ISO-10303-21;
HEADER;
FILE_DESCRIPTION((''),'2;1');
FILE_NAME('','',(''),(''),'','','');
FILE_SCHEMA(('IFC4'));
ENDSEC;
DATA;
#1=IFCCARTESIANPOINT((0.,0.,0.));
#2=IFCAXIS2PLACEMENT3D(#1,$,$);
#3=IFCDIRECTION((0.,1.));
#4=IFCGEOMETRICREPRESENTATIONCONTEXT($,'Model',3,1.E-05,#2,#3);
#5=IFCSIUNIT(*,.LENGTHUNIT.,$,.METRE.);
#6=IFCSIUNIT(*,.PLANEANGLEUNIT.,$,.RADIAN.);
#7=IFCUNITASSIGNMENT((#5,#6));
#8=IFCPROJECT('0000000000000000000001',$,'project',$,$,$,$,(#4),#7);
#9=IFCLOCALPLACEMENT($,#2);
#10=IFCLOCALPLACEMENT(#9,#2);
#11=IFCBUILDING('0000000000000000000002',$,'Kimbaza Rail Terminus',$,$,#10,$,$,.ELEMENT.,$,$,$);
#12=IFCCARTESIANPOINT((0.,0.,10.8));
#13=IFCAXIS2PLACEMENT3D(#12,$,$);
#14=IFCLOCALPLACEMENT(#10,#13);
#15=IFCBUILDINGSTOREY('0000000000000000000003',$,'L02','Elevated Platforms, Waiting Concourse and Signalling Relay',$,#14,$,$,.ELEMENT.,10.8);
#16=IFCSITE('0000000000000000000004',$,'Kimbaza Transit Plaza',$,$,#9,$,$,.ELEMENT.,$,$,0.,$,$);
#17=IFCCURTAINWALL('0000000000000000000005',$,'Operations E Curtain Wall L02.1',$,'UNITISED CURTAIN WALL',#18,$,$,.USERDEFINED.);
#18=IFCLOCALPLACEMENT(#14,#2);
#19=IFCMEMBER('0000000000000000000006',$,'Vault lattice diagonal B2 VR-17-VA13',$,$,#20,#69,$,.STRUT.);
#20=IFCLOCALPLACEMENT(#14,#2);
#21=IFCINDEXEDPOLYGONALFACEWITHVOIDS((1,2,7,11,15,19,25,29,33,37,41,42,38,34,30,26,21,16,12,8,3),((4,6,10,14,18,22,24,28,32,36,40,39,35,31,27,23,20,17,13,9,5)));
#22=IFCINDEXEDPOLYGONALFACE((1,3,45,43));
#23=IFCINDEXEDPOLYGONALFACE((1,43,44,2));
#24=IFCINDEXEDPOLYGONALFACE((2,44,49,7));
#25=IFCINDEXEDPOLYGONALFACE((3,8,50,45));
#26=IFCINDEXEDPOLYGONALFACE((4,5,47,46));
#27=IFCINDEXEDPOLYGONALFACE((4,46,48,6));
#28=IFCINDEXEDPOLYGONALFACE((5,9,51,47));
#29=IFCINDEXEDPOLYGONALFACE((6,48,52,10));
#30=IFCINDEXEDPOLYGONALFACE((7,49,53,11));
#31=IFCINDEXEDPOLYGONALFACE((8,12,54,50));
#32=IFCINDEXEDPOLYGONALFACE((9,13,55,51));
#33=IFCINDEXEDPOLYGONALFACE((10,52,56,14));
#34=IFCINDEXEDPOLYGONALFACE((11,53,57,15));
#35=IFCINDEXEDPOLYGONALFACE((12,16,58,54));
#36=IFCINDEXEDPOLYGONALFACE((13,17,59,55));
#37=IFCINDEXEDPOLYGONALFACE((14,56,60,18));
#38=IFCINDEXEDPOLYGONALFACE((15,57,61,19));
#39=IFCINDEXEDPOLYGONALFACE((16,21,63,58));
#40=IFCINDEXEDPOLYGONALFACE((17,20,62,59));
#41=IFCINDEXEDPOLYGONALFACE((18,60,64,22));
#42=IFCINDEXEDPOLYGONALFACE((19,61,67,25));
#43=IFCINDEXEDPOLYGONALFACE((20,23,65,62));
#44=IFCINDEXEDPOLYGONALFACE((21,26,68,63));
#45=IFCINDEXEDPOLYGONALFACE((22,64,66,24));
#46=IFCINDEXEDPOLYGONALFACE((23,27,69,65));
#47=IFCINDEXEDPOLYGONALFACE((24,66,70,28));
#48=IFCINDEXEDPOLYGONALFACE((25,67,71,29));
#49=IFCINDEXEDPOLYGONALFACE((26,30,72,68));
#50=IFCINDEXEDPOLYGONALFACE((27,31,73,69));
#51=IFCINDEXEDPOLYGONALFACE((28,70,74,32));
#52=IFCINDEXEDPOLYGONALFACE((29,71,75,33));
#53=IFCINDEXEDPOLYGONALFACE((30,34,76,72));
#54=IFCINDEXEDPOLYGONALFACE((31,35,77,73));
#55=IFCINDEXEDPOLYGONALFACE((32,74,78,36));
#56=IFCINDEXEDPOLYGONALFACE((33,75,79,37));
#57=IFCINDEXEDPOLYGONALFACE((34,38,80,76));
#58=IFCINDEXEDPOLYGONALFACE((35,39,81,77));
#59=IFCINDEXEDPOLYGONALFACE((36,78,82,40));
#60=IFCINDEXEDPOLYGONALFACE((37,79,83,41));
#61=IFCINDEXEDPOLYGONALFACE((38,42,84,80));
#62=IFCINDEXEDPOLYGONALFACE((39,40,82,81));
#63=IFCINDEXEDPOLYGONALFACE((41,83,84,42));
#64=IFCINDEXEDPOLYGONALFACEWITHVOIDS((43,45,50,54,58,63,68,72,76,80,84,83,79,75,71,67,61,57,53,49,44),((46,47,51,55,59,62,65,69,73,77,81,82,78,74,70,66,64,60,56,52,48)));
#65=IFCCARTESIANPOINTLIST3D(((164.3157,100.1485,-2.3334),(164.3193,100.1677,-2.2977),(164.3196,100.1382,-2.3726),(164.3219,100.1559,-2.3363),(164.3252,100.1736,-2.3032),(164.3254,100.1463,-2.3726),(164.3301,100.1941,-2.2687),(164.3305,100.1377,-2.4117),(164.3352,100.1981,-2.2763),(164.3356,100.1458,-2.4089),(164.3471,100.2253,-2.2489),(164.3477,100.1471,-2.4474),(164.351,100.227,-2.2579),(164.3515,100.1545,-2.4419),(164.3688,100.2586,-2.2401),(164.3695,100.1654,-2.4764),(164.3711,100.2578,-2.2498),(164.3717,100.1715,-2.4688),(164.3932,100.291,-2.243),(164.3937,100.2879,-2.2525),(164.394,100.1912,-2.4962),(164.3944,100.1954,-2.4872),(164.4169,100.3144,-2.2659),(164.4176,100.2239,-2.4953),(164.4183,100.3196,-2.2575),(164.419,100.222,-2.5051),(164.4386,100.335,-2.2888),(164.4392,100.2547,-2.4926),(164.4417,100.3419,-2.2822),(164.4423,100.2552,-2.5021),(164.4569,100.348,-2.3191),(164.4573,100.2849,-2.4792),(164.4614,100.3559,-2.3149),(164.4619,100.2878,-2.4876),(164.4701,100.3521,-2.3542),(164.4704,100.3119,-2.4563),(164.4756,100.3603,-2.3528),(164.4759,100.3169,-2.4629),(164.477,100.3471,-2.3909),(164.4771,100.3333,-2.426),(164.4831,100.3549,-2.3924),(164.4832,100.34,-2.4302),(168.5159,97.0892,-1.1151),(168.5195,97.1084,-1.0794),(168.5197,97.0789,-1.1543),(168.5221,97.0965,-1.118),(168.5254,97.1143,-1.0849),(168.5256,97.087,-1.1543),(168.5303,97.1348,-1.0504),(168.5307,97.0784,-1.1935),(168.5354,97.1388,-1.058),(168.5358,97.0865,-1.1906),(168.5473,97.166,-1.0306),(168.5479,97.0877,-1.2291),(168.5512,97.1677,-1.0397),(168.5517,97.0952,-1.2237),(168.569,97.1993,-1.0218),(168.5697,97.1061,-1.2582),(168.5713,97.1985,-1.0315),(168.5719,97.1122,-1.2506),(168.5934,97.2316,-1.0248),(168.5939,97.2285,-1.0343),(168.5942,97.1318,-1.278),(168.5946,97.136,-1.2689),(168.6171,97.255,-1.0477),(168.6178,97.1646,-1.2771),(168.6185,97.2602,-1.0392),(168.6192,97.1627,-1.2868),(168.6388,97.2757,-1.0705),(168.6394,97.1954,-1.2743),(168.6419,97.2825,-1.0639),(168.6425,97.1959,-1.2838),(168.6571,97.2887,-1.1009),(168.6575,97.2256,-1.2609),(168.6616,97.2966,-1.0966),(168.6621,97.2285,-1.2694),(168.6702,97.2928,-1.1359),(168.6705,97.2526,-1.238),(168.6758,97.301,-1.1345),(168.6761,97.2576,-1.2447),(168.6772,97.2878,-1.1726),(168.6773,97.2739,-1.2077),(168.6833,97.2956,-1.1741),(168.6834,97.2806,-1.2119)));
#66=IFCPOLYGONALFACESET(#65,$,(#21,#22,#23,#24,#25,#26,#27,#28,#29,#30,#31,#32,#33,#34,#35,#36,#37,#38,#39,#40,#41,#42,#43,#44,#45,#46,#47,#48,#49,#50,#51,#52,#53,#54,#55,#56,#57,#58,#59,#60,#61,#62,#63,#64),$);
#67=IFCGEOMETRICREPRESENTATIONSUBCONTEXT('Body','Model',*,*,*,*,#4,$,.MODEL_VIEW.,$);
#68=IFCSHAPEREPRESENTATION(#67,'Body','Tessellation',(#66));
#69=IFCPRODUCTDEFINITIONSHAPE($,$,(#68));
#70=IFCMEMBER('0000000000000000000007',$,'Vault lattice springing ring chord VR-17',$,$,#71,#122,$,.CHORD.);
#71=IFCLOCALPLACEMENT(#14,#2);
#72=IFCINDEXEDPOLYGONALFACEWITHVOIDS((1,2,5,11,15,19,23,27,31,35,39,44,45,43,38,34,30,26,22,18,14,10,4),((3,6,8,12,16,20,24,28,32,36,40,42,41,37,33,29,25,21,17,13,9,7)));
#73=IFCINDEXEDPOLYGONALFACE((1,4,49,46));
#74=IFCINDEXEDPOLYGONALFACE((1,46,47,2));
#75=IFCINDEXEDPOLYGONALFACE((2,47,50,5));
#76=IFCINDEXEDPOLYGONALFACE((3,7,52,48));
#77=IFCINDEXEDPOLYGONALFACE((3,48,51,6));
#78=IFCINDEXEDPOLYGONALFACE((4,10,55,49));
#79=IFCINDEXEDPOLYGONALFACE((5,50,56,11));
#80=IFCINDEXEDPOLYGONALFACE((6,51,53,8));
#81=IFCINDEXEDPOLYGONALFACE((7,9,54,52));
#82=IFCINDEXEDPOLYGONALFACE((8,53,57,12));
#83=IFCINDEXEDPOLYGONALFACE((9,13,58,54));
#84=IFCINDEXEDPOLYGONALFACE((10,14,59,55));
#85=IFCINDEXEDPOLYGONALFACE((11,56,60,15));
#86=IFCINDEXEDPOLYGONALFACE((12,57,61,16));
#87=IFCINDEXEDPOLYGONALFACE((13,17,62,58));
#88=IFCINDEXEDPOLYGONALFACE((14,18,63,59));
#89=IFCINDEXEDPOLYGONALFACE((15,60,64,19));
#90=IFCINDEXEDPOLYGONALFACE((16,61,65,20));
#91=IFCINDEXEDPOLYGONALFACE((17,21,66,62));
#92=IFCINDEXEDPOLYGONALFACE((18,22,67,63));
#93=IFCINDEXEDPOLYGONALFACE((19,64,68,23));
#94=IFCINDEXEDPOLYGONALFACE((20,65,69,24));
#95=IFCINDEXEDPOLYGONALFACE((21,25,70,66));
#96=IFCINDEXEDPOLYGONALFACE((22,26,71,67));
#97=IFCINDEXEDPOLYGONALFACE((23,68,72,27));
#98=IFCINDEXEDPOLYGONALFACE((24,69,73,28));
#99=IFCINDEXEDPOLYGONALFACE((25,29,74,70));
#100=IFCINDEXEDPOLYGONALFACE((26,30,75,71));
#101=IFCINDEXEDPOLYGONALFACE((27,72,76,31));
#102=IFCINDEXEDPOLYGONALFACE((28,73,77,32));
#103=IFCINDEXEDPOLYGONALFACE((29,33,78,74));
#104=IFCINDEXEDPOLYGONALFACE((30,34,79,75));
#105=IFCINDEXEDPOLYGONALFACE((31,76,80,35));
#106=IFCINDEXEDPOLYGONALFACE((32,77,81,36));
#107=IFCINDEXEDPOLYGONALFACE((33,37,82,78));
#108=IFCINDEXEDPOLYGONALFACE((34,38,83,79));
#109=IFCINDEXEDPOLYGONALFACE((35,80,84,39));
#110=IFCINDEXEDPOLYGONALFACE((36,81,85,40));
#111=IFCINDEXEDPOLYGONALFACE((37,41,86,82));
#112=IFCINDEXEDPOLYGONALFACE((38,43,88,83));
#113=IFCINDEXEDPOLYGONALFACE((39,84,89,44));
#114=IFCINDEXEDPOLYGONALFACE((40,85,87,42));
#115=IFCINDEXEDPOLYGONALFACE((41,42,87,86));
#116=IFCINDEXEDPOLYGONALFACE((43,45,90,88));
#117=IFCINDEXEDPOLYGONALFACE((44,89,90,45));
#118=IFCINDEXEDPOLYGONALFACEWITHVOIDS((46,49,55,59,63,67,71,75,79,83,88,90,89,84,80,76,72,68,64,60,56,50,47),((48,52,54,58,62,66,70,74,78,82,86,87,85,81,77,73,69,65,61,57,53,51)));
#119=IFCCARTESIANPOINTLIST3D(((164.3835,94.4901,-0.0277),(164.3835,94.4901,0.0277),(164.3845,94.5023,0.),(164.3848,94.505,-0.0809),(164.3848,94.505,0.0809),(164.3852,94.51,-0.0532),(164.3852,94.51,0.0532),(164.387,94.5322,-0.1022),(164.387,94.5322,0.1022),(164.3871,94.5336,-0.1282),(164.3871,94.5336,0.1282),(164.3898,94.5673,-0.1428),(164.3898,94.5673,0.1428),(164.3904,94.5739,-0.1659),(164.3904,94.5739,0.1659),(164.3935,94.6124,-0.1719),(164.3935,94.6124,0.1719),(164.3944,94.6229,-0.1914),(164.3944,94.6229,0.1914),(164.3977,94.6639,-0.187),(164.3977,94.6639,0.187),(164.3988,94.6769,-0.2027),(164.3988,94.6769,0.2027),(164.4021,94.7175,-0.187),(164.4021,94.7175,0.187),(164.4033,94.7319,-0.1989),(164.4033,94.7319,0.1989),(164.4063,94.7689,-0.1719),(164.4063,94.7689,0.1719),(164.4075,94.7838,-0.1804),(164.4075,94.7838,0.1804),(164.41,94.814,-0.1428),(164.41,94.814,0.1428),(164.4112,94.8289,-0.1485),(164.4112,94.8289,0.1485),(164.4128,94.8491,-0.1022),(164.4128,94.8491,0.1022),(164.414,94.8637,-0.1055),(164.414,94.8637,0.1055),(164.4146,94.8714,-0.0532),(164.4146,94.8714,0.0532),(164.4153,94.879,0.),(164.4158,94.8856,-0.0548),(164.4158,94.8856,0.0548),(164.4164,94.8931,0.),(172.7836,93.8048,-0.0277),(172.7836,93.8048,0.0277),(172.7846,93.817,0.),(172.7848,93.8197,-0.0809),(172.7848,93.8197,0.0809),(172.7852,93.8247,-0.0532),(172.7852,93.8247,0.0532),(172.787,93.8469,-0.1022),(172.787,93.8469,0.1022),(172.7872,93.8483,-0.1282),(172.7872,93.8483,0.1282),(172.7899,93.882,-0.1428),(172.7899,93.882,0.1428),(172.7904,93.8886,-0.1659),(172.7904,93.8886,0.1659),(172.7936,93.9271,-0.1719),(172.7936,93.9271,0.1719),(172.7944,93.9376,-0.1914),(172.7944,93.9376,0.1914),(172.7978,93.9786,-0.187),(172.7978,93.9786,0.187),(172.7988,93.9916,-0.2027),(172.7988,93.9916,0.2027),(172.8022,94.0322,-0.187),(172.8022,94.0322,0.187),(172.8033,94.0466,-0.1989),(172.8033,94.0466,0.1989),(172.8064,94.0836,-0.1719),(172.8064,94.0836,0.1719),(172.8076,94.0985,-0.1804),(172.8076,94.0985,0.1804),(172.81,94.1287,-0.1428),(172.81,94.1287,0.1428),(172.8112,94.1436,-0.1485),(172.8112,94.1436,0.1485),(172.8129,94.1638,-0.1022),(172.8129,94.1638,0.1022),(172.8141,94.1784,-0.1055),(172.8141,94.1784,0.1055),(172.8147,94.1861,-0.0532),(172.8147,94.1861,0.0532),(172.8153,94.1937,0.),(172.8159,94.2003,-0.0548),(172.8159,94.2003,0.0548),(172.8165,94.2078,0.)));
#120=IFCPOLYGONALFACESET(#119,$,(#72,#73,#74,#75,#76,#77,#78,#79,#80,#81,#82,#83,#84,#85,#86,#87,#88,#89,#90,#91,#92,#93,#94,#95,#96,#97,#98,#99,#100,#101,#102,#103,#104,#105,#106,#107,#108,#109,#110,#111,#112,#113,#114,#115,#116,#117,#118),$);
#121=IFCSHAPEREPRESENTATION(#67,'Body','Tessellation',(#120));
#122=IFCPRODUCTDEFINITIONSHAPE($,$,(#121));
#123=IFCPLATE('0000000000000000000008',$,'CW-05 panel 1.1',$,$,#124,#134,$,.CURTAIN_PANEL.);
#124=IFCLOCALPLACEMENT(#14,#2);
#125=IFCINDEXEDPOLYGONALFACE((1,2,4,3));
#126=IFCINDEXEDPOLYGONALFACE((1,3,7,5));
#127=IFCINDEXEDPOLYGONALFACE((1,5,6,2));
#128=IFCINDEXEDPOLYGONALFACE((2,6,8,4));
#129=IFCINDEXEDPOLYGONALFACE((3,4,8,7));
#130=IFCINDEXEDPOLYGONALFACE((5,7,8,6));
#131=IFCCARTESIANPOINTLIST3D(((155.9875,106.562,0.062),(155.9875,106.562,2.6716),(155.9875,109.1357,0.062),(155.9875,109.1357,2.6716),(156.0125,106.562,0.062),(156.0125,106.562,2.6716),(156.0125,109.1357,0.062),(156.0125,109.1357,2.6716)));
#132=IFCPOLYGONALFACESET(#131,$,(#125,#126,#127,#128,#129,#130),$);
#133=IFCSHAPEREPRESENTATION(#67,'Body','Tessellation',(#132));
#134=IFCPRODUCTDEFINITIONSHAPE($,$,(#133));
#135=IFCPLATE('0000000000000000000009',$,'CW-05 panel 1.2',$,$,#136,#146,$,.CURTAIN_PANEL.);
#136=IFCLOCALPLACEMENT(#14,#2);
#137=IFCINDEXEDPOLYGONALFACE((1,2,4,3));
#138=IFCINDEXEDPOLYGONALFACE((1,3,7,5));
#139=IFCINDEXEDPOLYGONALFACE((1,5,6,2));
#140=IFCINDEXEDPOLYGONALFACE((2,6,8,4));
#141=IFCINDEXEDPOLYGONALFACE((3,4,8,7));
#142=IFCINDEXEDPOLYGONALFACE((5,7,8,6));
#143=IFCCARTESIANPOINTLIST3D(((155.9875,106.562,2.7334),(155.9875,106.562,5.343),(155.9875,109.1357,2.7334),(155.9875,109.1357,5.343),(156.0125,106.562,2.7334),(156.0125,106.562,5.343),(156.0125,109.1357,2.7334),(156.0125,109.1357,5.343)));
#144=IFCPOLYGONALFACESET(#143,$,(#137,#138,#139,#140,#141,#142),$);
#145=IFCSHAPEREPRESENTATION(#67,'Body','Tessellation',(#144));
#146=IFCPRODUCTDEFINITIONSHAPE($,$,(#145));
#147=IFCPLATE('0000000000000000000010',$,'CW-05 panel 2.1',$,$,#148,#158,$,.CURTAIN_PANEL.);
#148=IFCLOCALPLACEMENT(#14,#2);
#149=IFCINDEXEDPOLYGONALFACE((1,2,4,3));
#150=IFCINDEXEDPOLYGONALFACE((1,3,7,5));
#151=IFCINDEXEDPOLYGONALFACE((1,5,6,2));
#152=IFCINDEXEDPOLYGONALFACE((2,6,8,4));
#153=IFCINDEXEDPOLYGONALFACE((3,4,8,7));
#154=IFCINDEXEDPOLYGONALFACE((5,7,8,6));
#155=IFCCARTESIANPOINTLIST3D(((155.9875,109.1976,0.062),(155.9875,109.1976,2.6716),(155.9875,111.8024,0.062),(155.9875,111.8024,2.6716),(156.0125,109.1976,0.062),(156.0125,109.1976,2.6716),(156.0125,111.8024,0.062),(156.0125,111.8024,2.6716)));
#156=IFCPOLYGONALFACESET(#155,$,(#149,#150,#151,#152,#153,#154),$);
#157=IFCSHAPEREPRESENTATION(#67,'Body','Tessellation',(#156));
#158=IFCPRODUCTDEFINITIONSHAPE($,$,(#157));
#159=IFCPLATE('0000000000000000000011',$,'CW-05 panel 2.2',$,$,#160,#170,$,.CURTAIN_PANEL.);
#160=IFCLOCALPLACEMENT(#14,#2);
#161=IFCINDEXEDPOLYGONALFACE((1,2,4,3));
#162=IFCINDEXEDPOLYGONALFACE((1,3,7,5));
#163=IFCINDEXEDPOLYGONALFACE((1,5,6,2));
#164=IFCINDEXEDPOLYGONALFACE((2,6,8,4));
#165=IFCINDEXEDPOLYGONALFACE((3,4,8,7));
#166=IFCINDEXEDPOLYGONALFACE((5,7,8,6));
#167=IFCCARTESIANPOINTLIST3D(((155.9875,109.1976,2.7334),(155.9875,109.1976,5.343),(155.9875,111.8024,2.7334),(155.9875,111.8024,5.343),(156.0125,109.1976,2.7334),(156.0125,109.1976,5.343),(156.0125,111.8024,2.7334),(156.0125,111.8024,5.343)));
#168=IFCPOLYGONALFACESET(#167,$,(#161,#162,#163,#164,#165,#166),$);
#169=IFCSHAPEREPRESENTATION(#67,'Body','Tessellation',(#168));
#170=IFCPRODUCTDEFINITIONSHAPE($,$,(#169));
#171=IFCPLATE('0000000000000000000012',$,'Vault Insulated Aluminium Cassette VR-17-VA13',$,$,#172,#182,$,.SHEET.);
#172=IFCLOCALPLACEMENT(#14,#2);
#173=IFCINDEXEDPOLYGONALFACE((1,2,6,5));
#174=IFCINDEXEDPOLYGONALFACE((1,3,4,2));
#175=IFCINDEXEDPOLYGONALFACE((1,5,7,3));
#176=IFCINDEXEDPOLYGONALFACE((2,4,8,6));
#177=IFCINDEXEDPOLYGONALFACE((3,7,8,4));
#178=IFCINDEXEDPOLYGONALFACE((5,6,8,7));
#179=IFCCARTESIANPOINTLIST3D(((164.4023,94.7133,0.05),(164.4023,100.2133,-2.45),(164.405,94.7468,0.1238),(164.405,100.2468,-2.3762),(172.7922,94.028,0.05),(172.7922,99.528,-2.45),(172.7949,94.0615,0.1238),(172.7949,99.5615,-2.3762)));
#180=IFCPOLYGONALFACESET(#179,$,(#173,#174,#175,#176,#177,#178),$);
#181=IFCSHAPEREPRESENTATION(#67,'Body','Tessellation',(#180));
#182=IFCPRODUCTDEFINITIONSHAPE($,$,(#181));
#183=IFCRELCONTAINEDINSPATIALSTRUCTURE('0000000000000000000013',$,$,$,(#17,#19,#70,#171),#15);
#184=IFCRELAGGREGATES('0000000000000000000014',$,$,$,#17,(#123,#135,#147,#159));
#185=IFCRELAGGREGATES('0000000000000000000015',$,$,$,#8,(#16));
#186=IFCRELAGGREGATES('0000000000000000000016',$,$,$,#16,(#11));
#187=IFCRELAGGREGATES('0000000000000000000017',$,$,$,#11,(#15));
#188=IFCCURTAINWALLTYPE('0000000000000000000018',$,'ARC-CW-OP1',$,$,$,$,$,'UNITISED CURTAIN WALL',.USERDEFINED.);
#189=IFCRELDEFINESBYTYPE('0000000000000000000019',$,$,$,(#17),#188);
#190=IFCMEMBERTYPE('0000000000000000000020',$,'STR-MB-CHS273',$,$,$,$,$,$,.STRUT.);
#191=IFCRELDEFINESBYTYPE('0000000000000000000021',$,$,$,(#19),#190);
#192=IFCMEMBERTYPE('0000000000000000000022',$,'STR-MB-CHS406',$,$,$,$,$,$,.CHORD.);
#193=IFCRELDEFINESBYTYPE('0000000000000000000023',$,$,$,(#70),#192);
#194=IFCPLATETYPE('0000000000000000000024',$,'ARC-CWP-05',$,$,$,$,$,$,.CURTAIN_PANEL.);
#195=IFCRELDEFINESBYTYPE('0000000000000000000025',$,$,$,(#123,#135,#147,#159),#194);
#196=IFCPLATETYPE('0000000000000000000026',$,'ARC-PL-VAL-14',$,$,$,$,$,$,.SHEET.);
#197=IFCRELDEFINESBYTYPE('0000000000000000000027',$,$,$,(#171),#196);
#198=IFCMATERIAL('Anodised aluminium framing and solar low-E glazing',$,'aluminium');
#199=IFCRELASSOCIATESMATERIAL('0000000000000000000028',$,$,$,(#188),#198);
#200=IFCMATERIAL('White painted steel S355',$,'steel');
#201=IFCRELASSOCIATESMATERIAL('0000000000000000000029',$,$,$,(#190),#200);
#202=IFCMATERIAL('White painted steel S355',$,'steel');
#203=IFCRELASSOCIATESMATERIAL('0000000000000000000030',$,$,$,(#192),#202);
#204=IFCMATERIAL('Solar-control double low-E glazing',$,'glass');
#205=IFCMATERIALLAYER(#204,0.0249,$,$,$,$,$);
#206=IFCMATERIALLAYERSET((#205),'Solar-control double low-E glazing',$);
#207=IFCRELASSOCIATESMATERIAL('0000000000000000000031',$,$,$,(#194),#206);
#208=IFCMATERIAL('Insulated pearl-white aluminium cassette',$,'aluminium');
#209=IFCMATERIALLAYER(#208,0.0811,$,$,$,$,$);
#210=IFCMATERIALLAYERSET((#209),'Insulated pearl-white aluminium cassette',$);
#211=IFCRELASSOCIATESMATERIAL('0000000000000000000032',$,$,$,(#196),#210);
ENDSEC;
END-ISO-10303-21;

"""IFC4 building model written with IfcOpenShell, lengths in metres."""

from ifc_helpers import new_model, si_unit, direction, frame, origin, origin_2d, place, context, subcontext, project, spatial, polyline, rectangle, hollow_circle, outline, extrude, material, layer, layer_set, material_profile, profile_set, type_object, element, aggregate, save


model = new_model("IFC4")

# Units and contexts
model_context = context("Model", 3, precision=1e-05, world=origin(), true_north=direction((0.0, 1.0)))
body_context = subcontext(model_context, "Body", "Model", "MODEL_VIEW")
ifc_project = project(units=[si_unit("LENGTHUNIT", "METRE"), si_unit("PLANEANGLEUNIT", "RADIAN")], contexts=[model_context])

# Site, building, storey
site_placement = place(None, origin())
site = spatial("IfcSite", under=ifc_project, at=site_placement, Name="Kimbaza Transit Plaza", CompositionType="ELEMENT", RefElevation=0.0)
building_placement = place(site_placement, origin())
building = spatial("IfcBuilding", under=site, at=building_placement, Name="Kimbaza Rail Terminus", CompositionType="ELEMENT")
storey_placement = place(building_placement, frame((0.0, 0.0, 10.8)))
storey = spatial("IfcBuildingStorey", under=building, at=storey_placement, Name="L02", Description="Elevated Platforms, Waiting Concourse and Signalling Relay", CompositionType="ELEMENT", Elevation=10.8)

# Curtain wall
ifc_material_1 = material(Name="Anodised aluminium framing and solar low-E glazing", Category="aluminium")
curtain_wall_type = type_object("IfcCurtainWallType", Name="ARC-CW-OP1", ElementType="UNITISED CURTAIN WALL", PredefinedType="USERDEFINED", material=ifc_material_1)
curtain_wall_placement = place(storey_placement, origin())
curtain_wall = element("IfcCurtainWall", 1, at=curtain_wall_placement, inside=storey, type_object=curtain_wall_type, Name="Operations E Curtain Wall L02.1", ObjectType="UNITISED CURTAIN WALL", PredefinedType="USERDEFINED")

# Members
ifc_material_2 = material(Name="White painted steel S355", Category="steel")
ifc_material_profile_1 = material_profile(ifc_material_2, hollow_circle(Radius=0.1365, WallThickness=0.01, at=origin_2d()), Name="CHS 273x10")
ifc_profile_set_1 = profile_set([ifc_material_profile_1], Name="White painted steel S355")
member_type_1 = type_object("IfcMemberType", Name="STR-MB-CHS273", PredefinedType="STRUT", material=ifc_profile_set_1)
member_1_placement = place(storey_placement, frame((168.6001, 97.1892, -1.1543), z_axis=(-0.786972, 0.573212, -0.22826), x_axis=(-0.588755, -0.808311, 0.0)))
element("IfcMember", 2, at=member_1_placement, inside=storey, type_object=member_type_1, Name="Vault lattice diagonal B2 VR-17-VA13", PredefinedType="STRUT", context=body_context, shape_type="SweptSolid", body=[
    extrude(hollow_circle(Radius=0.1365, WallThickness=0.01, at=origin_2d()), origin(), (0.0, 0.0, 1.0), 5.3372),
])
ifc_material_3 = material(Name="White painted steel S355", Category="steel")
ifc_material_profile_2 = material_profile(ifc_material_3, hollow_circle(Radius=0.2031, WallThickness=0.0142, at=origin_2d()), Name="CHS 406.4x14.2")
ifc_profile_set_2 = profile_set([ifc_material_profile_2], Name="White painted steel S355")
member_type_2 = type_object("IfcMemberType", Name="STR-MB-CHS406", PredefinedType="CHORD", material=ifc_profile_set_2)
member_2_placement = place(storey_placement, frame((164.3999, 94.6907, 0.0), z_axis=(0.996689, -0.081312, 0.0), x_axis=(0.081312, 0.996689, 0.0)))
element("IfcMember", 3, at=member_2_placement, inside=storey, type_object=member_type_2, Name="Vault lattice springing ring chord VR-17", PredefinedType="CHORD", context=body_context, shape_type="SweptSolid", body=[
    extrude(hollow_circle(Radius=0.2031, WallThickness=0.0142, at=origin_2d()), origin(), (0.0, 0.0, 1.0), 8.428),
])

# Plates
ifc_material_4 = material(Name="Solar-control double low-E glazing", Category="glass")
ifc_layer_1 = layer(ifc_material_4, 0.0249)
ifc_layer_set_1 = layer_set([ifc_layer_1], Name="Solar-control double low-E glazing")
plate_type_1 = type_object("IfcPlateType", Name="ARC-CWP-05", PredefinedType="CURTAIN_PANEL", material=ifc_layer_set_1)
plate_1_placement = place(storey_placement, frame((156.0, 107.8489, 0.062), z_axis=(0.0, 0.0, 1.0), x_axis=(0.0, 1.0, 0.0)))
plate_1 = element("IfcPlate", 4, at=plate_1_placement, type_object=plate_type_1, Name="CW-05 panel 1.1", PredefinedType="CURTAIN_PANEL", context=body_context, shape_type="SweptSolid", body=[
    extrude(rectangle(XDim=2.5737, YDim=0.0249, at=origin_2d()), origin(), (0.0, 0.0, 1.0), 2.6096),
])
plate_2_placement = place(storey_placement, frame((156.0, 107.8489, 2.7334), z_axis=(0.0, 0.0, 1.0), x_axis=(0.0, 1.0, 0.0)))
plate_2 = element("IfcPlate", 5, at=plate_2_placement, type_object=plate_type_1, Name="CW-05 panel 1.2", PredefinedType="CURTAIN_PANEL", context=body_context, shape_type="SweptSolid", body=[
    extrude(rectangle(XDim=2.5737, YDim=0.0249, at=origin_2d()), origin(), (0.0, 0.0, 1.0), 2.6096),
])
plate_3_placement = place(storey_placement, frame((156.0, 110.5, 0.062), z_axis=(0.0, 0.0, 1.0), x_axis=(0.0, 1.0, 0.0)))
plate_3 = element("IfcPlate", 6, at=plate_3_placement, type_object=plate_type_1, Name="CW-05 panel 2.1", PredefinedType="CURTAIN_PANEL", context=body_context, shape_type="SweptSolid", body=[
    extrude(rectangle(XDim=2.6047, YDim=0.0249, at=origin_2d()), origin(), (0.0, 0.0, 1.0), 2.6096),
])
plate_4_placement = place(storey_placement, frame((156.0, 110.5, 2.7334), z_axis=(0.0, 0.0, 1.0), x_axis=(0.0, 1.0, 0.0)))
plate_4 = element("IfcPlate", 7, at=plate_4_placement, type_object=plate_type_1, Name="CW-05 panel 2.2", PredefinedType="CURTAIN_PANEL", context=body_context, shape_type="SweptSolid", body=[
    extrude(rectangle(XDim=2.6047, YDim=0.0249, at=origin_2d()), origin(), (0.0, 0.0, 1.0), 2.6096),
])
aggregate(curtain_wall, [plate_1, plate_2, plate_3, plate_4])

# Plate
ifc_material_5 = material(Name="Insulated pearl-white aluminium cassette", Category="aluminium")
ifc_layer_2 = layer(ifc_material_5, 0.0811)
ifc_layer_set_2 = layer_set([ifc_layer_2], Name="Insulated pearl-white aluminium cassette")
plate_type_2 = type_object("IfcPlateType", Name="ARC-PL-VAL-14", PredefinedType="SHEET", material=ifc_layer_set_2)
plate_5_placement = place(storey_placement, frame((164.405, 94.7468, 0.1238), z_axis=(0.033781, 0.413567, 0.909847), x_axis=(0.996681, -0.081411, 0.0)))
element("IfcPlate", 8, at=plate_5_placement, inside=storey, type_object=plate_type_2, Name="Vault Insulated Aluminium Cassette VR-17-VA13", PredefinedType="SHEET", context=body_context, shape_type="SweptSolid", body=[
    extrude(outline(polyline([(0.0, 0.0), (8.4178, 0.0), (7.9701, 6.0249), (-0.4478, 6.0249), (0.0, 0.0)])), origin(), (0.0, 0.0, -1.0), 0.0811),
])

save(model, "model.ifc")
